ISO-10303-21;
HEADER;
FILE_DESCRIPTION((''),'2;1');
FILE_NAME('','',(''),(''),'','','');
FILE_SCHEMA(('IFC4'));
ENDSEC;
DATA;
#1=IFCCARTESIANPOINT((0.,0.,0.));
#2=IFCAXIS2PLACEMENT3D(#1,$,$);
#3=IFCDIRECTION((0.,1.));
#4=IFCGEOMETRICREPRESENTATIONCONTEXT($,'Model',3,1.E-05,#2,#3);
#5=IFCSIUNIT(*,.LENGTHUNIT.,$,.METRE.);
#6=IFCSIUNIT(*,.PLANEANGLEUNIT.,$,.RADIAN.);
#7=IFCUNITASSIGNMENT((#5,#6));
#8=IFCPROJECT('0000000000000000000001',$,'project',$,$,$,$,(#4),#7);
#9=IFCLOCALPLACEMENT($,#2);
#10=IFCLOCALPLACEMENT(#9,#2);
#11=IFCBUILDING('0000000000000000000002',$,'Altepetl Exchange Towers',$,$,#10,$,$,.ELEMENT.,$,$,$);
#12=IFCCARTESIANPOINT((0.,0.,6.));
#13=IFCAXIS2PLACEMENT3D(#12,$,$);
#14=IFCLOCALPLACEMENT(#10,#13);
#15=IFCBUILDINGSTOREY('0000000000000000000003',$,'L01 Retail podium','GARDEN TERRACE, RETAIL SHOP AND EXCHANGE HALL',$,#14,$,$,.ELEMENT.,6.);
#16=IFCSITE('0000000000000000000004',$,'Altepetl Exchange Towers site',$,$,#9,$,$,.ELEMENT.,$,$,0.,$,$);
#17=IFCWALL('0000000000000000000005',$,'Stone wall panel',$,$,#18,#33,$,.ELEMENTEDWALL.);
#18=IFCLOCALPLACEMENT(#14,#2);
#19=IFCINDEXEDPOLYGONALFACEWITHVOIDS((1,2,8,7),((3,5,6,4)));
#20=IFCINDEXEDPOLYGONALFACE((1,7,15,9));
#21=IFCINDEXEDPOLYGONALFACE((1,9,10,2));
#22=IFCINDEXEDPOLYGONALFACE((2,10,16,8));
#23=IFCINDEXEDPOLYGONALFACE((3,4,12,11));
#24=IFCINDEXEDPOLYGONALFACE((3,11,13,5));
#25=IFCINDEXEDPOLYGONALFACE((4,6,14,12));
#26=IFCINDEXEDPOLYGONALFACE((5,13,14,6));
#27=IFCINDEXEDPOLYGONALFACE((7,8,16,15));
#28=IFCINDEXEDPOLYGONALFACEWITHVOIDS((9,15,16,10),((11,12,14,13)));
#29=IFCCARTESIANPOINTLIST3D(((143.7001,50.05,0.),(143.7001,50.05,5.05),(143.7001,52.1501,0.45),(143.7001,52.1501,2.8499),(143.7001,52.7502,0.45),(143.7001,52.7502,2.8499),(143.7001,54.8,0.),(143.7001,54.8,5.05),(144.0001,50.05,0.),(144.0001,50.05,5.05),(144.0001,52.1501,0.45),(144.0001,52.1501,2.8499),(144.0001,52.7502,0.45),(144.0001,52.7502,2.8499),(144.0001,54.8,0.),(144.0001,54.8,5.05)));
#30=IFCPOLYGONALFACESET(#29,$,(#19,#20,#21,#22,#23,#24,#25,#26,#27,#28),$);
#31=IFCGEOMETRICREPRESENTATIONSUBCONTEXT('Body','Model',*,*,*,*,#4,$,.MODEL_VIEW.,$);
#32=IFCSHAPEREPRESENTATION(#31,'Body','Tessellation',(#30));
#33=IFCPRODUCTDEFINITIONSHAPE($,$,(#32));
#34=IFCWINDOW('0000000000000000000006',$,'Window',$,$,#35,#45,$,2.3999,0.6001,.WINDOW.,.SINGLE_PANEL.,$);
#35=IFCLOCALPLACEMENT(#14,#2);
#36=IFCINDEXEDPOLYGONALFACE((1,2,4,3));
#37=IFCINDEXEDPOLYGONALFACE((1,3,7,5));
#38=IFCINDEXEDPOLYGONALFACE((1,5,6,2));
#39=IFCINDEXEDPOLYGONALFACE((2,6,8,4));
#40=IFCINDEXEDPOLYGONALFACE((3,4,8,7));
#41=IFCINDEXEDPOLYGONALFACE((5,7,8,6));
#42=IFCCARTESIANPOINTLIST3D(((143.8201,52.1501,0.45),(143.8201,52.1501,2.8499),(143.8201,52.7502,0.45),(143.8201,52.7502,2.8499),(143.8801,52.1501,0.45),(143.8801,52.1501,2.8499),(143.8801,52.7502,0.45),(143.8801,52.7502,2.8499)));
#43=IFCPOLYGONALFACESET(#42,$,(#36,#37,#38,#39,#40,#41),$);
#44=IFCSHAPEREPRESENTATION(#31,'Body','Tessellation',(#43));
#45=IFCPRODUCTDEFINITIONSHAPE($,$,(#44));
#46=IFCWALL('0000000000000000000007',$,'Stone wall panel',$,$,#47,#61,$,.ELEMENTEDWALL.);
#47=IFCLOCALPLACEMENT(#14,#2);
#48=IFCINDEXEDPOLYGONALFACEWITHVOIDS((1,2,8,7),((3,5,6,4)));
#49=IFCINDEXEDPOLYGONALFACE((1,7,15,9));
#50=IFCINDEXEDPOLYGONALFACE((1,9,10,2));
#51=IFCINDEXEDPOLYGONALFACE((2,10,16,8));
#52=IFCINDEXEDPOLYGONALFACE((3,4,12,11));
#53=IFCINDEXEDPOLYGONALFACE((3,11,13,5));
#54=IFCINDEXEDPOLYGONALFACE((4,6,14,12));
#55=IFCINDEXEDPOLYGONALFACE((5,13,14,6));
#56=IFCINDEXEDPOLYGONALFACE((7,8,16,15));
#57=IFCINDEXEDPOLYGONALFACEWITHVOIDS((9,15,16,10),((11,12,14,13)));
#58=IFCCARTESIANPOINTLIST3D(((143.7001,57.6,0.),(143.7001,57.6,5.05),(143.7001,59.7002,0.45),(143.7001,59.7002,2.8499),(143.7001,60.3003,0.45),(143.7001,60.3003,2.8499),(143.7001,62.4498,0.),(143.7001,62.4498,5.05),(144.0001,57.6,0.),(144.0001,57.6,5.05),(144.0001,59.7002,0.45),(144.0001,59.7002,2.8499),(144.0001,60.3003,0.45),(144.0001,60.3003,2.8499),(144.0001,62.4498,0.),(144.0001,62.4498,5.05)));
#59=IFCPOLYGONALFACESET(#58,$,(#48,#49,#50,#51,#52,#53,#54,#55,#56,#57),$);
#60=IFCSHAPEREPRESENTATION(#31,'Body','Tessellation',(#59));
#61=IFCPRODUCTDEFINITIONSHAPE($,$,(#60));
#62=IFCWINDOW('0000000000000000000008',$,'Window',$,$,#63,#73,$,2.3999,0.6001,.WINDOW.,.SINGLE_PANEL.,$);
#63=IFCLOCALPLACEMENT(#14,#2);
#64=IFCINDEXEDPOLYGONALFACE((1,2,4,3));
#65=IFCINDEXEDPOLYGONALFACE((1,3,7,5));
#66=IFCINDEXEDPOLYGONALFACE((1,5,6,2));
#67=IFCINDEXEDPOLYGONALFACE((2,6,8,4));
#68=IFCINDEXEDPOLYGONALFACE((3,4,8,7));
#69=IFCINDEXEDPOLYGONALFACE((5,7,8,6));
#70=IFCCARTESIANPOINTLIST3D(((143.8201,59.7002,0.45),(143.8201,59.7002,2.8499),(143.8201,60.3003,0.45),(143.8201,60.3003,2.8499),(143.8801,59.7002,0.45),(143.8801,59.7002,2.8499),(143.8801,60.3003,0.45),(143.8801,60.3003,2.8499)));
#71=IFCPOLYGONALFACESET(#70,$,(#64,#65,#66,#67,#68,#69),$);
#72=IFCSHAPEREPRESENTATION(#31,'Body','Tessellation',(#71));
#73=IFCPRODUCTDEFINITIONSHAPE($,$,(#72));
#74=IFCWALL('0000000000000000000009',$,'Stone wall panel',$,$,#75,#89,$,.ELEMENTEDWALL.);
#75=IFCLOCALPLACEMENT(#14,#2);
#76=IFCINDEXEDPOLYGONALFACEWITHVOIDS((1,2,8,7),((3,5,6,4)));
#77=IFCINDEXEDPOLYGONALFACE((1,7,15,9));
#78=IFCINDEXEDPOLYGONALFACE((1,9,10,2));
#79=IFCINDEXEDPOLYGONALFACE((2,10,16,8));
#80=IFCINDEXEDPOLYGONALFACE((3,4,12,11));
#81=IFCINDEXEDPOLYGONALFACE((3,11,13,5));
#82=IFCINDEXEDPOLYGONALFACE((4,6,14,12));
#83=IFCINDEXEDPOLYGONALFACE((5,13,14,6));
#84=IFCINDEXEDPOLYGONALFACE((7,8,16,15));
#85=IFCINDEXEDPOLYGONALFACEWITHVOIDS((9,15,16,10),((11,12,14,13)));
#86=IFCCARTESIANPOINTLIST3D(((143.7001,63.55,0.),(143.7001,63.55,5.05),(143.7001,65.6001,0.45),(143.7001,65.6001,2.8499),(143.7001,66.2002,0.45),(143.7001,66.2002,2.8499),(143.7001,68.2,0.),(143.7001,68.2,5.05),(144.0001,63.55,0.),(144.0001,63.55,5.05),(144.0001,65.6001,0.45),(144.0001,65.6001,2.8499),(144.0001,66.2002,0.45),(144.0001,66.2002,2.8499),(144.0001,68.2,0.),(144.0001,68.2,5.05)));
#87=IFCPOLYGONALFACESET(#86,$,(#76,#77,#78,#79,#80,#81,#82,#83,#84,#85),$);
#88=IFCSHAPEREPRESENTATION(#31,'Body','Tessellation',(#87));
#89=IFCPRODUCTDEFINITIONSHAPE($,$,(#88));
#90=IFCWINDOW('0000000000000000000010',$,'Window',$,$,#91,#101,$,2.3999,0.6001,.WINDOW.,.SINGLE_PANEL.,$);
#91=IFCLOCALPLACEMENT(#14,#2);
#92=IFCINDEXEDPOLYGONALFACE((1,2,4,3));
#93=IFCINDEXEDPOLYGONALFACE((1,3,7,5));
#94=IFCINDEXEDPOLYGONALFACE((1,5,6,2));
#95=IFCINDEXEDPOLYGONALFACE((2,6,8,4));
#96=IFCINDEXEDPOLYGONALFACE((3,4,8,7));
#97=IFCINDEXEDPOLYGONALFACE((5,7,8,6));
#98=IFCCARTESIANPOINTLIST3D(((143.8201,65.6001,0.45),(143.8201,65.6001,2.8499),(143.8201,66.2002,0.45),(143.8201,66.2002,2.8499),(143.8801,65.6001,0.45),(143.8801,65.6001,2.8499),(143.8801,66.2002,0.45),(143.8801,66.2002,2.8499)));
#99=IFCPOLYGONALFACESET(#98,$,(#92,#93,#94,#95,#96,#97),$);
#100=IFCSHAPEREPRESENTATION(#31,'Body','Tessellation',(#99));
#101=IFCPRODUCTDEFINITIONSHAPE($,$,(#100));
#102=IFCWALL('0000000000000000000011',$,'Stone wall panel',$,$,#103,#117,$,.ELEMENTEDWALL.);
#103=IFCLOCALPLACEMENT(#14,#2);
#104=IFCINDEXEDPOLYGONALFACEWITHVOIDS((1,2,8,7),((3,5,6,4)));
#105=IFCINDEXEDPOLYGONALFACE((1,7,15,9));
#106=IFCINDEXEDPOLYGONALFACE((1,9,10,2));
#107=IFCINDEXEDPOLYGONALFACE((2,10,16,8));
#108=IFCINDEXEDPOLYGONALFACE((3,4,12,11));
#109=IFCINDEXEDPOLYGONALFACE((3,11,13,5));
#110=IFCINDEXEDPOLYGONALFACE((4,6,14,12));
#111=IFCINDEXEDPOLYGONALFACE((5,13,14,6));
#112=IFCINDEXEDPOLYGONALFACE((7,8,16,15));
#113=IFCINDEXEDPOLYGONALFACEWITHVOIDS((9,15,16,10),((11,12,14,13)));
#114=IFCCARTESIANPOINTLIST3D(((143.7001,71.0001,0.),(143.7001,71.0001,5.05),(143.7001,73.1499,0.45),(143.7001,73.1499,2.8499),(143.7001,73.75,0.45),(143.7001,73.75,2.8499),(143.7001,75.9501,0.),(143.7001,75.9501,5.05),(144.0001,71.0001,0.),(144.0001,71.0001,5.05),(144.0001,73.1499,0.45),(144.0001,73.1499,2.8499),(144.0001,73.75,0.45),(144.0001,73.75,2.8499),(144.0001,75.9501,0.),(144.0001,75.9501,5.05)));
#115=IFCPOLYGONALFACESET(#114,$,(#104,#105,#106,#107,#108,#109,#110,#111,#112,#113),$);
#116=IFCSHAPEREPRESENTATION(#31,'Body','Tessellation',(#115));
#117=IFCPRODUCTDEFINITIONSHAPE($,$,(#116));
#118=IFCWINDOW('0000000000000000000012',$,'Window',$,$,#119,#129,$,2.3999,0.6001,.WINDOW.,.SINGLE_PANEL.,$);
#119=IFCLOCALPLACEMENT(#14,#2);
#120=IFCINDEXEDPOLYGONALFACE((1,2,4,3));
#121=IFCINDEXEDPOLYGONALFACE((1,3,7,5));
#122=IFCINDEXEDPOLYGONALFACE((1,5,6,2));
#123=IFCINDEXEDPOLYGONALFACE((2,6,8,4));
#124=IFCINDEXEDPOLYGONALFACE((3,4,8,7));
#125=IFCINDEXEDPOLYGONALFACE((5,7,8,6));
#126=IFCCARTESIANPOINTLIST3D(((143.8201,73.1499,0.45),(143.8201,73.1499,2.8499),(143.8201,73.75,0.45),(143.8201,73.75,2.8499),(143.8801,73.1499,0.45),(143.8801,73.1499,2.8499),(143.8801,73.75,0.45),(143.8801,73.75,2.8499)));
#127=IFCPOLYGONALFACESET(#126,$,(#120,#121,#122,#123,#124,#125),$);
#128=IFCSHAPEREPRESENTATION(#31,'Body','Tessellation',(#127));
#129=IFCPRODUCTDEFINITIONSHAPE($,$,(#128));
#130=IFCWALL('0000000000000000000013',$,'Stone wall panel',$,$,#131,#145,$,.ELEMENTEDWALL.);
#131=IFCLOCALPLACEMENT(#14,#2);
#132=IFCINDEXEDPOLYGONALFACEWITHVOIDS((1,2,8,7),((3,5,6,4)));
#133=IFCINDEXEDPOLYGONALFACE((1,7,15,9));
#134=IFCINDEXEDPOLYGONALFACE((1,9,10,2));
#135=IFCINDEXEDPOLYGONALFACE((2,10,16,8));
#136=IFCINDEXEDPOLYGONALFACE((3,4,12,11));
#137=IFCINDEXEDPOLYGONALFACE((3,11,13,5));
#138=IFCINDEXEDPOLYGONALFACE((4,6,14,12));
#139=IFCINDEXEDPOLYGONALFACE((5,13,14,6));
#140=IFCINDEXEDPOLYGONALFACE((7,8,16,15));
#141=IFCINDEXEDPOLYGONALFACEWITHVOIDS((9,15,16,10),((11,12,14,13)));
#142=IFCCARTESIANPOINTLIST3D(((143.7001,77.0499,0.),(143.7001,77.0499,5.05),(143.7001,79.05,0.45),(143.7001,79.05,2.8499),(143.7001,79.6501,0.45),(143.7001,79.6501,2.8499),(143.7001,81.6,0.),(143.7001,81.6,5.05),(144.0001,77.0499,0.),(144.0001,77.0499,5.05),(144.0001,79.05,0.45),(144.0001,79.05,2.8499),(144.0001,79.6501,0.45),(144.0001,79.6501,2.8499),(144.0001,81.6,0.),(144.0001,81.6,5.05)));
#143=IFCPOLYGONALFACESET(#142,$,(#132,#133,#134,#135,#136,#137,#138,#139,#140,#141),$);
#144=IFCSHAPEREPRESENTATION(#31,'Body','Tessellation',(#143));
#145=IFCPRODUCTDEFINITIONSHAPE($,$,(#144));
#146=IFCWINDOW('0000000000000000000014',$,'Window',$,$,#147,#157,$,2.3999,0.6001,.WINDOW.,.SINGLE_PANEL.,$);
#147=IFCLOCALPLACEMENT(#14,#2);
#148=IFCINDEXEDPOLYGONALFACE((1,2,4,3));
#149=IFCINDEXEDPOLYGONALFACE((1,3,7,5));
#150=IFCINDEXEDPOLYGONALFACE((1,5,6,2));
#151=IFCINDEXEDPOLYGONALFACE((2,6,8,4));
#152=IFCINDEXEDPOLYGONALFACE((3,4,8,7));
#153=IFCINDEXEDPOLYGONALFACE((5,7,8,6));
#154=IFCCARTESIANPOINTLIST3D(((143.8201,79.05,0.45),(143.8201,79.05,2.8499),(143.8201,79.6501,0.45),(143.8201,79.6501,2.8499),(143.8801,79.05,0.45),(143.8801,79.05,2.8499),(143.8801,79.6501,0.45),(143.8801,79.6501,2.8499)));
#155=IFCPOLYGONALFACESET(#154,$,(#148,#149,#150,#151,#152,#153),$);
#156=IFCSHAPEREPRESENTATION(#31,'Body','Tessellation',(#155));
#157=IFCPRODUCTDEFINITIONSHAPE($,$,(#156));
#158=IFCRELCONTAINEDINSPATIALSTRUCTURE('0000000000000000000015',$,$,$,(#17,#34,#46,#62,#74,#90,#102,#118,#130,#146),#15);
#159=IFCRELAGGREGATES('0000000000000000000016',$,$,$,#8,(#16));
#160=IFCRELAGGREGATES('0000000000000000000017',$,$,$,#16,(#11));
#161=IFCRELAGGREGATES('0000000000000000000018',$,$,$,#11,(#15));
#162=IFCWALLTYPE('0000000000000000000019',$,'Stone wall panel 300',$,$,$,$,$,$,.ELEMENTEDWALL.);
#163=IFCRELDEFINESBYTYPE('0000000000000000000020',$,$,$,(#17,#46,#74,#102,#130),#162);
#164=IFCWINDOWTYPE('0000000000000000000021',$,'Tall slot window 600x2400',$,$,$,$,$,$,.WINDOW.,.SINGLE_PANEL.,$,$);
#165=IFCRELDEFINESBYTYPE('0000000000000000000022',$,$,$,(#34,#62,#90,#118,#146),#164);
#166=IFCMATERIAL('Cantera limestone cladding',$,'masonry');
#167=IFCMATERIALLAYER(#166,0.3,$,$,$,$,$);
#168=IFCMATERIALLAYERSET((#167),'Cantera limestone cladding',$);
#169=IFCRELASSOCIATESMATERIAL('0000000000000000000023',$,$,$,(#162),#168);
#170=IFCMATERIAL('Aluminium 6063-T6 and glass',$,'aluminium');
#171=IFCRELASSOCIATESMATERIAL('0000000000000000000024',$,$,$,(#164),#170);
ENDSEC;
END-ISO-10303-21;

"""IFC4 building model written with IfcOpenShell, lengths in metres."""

from ifc_helpers import new_model, si_unit, direction, frame, frame_2d, origin, place, context, subcontext, project, spatial, rectangle, extrude, material, layer, layer_set, type_object, element, fill, save


model = new_model("IFC4")

# Units and contexts
model_context = context("Model", 3, precision=1e-05, world=origin(), true_north=direction((0.0, 1.0)))
body_context = subcontext(model_context, "Body", "Model", "MODEL_VIEW")
ifc_project = project(units=[si_unit("LENGTHUNIT", "METRE"), si_unit("PLANEANGLEUNIT", "RADIAN")], contexts=[model_context])

# Site, building, storey
site_placement = place(None, origin())
site = spatial("IfcSite", under=ifc_project, at=site_placement, Name="Altepetl Exchange Towers site", CompositionType="ELEMENT", RefElevation=0.0)
building_placement = place(site_placement, origin())
building = spatial("IfcBuilding", under=site, at=building_placement, Name="Altepetl Exchange Towers", CompositionType="ELEMENT")
storey_placement = place(building_placement, frame((0.0, 0.0, 6.0)))
storey = spatial("IfcBuildingStorey", under=building, at=storey_placement, Name="L01 Retail podium", Description="GARDEN TERRACE, RETAIL SHOP AND EXCHANGE HALL", CompositionType="ELEMENT", Elevation=6.0)

# Shared definitions
ifc_material_1 = material(Name="Aluminium 6063-T6 and glass", Category="aluminium")

# Walls, openings, windows
ifc_material_2 = material(Name="Cantera limestone cladding", Category="masonry")
ifc_layer_1 = layer(ifc_material_2, 0.3)
ifc_layer_set_1 = layer_set([ifc_layer_1], Name="Cantera limestone cladding")
wall_type_1 = type_object("IfcWallType", Name="Stone wall panel 300", PredefinedType="ELEMENTEDWALL", material=ifc_layer_set_1)
wall_1_placement = place(storey_placement, frame((143.8501, 50.05, 0.0), z_axis=(0.0, 0.0, 1.0), x_axis=(0.0, 1.0, 0.0)))
wall_1 = element("IfcWall", 1, at=wall_1_placement, inside=storey, type_object=wall_type_1, Name="Stone wall panel", PredefinedType="ELEMENTEDWALL", context=body_context, shape_type="SweptSolid", body=[
    extrude(rectangle(XDim=4.75, YDim=0.3, at=frame_2d((2.375, 0.0))), origin(), (0.0, 0.0, 1.0), 5.05),
])
opening_1_placement = place(wall_1_placement, frame((2.1001, 0.0, 0.45)))
opening_1 = element("IfcOpeningElement", 2, at=opening_1_placement, cuts=wall_1, PredefinedType="OPENING", context=body_context, shape_type="SweptSolid", body=[
    extrude(rectangle(XDim=0.6001, YDim=2.3999, at=frame_2d((0.3, 1.2))), frame((0.0, 0.1602, 0.0), z_axis=(0.0, -1.0, 0.0), x_axis=(1.0, 0.0, 0.0)), (0.0, 0.0, 1.0), 0.3201),
])
window_type = type_object("IfcWindowType", Name="Tall slot window 600x2400", PartitioningType="SINGLE_PANEL", PredefinedType="WINDOW", material=ifc_material_1)
window_1_placement = place(opening_1_placement, origin())
window_1 = element("IfcWindow", 3, at=window_1_placement, inside=storey, type_object=window_type, Name="Window", OverallHeight=2.3999, OverallWidth=0.6001, PartitioningType="SINGLE_PANEL", PredefinedType="WINDOW", context=body_context, shape_type="SweptSolid", body=[
    extrude(rectangle(XDim=0.6001, YDim=2.3999, at=frame_2d((0.3, 1.2))), frame((0.0, 0.03, 0.0), z_axis=(0.0, -1.0, 0.0), x_axis=(1.0, 0.0, 0.0)), (0.0, 0.0, 1.0), 0.0601),
])
fill(opening_1, window_1)
wall_2_placement = place(storey_placement, frame((143.8501, 57.6001, 0.0), z_axis=(0.0, 0.0, 1.0), x_axis=(0.0, 1.0, 0.0)))
wall_2 = element("IfcWall", 4, at=wall_2_placement, inside=storey, type_object=wall_type_1, Name="Stone wall panel", PredefinedType="ELEMENTEDWALL", context=body_context, shape_type="SweptSolid", body=[
    extrude(rectangle(XDim=4.8499, YDim=0.3, at=frame_2d((2.4248, 0.0))), origin(), (0.0, 0.0, 1.0), 5.05),
])
opening_2_placement = place(wall_2_placement, frame((2.1001, 0.0, 0.45)))
opening_2 = element("IfcOpeningElement", 5, at=opening_2_placement, cuts=wall_2, PredefinedType="OPENING", context=body_context, shape_type="SweptSolid", body=[
    extrude(rectangle(XDim=0.6001, YDim=2.3999, at=frame_2d((0.3, 1.2))), frame((0.0, 0.1602, 0.0), z_axis=(0.0, -1.0, 0.0), x_axis=(1.0, 0.0, 0.0)), (0.0, 0.0, 1.0), 0.3201),
])
window_2_placement = place(opening_2_placement, origin())
window_2 = element("IfcWindow", 6, at=window_2_placement, inside=storey, type_object=window_type, Name="Window", OverallHeight=2.3999, OverallWidth=0.6001, PartitioningType="SINGLE_PANEL", PredefinedType="WINDOW", context=body_context, shape_type="SweptSolid", body=[
    extrude(rectangle(XDim=0.6001, YDim=2.3999, at=frame_2d((0.3, 1.2))), frame((0.0, 0.03, 0.0), z_axis=(0.0, -1.0, 0.0), x_axis=(1.0, 0.0, 0.0)), (0.0, 0.0, 1.0), 0.0601),
])
fill(opening_2, window_2)
wall_3_placement = place(storey_placement, frame((143.8501, 63.55, 0.0), z_axis=(0.0, 0.0, 1.0), x_axis=(0.0, 1.0, 0.0)))
wall_3 = element("IfcWall", 7, at=wall_3_placement, inside=storey, type_object=wall_type_1, Name="Stone wall panel", PredefinedType="ELEMENTEDWALL", context=body_context, shape_type="SweptSolid", body=[
    extrude(rectangle(XDim=4.6499, YDim=0.3, at=frame_2d((2.325, 0.0))), origin(), (0.0, 0.0, 1.0), 5.05),
])
opening_3_placement = place(wall_3_placement, frame((2.05, 0.0, 0.45)))
opening_3 = element("IfcOpeningElement", 8, at=opening_3_placement, cuts=wall_3, PredefinedType="OPENING", context=body_context, shape_type="SweptSolid", body=[
    extrude(rectangle(XDim=0.6001, YDim=2.3999, at=frame_2d((0.3, 1.2))), frame((0.0, 0.1602, 0.0), z_axis=(0.0, -1.0, 0.0), x_axis=(1.0, 0.0, 0.0)), (0.0, 0.0, 1.0), 0.3201),
])
window_3_placement = place(opening_3_placement, origin())
window_3 = element("IfcWindow", 9, at=window_3_placement, inside=storey, type_object=window_type, Name="Window", OverallHeight=2.3999, OverallWidth=0.6001, PartitioningType="SINGLE_PANEL", PredefinedType="WINDOW", context=body_context, shape_type="SweptSolid", body=[
    extrude(rectangle(XDim=0.6001, YDim=2.3999, at=frame_2d((0.3, 1.2))), frame((0.0, 0.03, 0.0), z_axis=(0.0, -1.0, 0.0), x_axis=(1.0, 0.0, 0.0)), (0.0, 0.0, 1.0), 0.0601),
])
fill(opening_3, window_3)
wall_4_placement = place(storey_placement, frame((143.8501, 71.0, 0.0), z_axis=(0.0, 0.0, 1.0), x_axis=(0.0, 1.0, 0.0)))
wall_4 = element("IfcWall", 10, at=wall_4_placement, inside=storey, type_object=wall_type_1, Name="Stone wall panel", PredefinedType="ELEMENTEDWALL", context=body_context, shape_type="SweptSolid", body=[
    extrude(rectangle(XDim=4.95, YDim=0.3, at=frame_2d((2.4751, 0.0))), origin(), (0.0, 0.0, 1.0), 5.05),
])
opening_4_placement = place(wall_4_placement, frame((2.1499, 0.0, 0.45)))
opening_4 = element("IfcOpeningElement", 11, at=opening_4_placement, cuts=wall_4, PredefinedType="OPENING", context=body_context, shape_type="SweptSolid", body=[
    extrude(rectangle(XDim=0.6001, YDim=2.3999, at=frame_2d((0.3, 1.2))), frame((0.0, 0.1602, 0.0), z_axis=(0.0, -1.0, 0.0), x_axis=(1.0, 0.0, 0.0)), (0.0, 0.0, 1.0), 0.3201),
])
window_4_placement = place(opening_4_placement, origin())
window_4 = element("IfcWindow", 12, at=window_4_placement, inside=storey, type_object=window_type, Name="Window", OverallHeight=2.3999, OverallWidth=0.6001, PartitioningType="SINGLE_PANEL", PredefinedType="WINDOW", context=body_context, shape_type="SweptSolid", body=[
    extrude(rectangle(XDim=0.6001, YDim=2.3999, at=frame_2d((0.3, 1.2))), frame((0.0, 0.03, 0.0), z_axis=(0.0, -1.0, 0.0), x_axis=(1.0, 0.0, 0.0)), (0.0, 0.0, 1.0), 0.0601),
])
fill(opening_4, window_4)
wall_5_placement = place(storey_placement, frame((143.8501, 77.05, 0.0), z_axis=(0.0, 0.0, 1.0), x_axis=(0.0, 1.0, 0.0)))
wall_5 = element("IfcWall", 13, at=wall_5_placement, inside=storey, type_object=wall_type_1, Name="Stone wall panel", PredefinedType="ELEMENTEDWALL", context=body_context, shape_type="SweptSolid", body=[
    extrude(rectangle(XDim=4.55, YDim=0.3, at=frame_2d((2.2749, 0.0))), origin(), (0.0, 0.0, 1.0), 5.05),
])
opening_5_placement = place(wall_5_placement, frame((2.0, 0.0, 0.45)))
opening_5 = element("IfcOpeningElement", 14, at=opening_5_placement, cuts=wall_5, PredefinedType="OPENING", context=body_context, shape_type="SweptSolid", body=[
    extrude(rectangle(XDim=0.6001, YDim=2.3999, at=frame_2d((0.3, 1.2))), frame((0.0, 0.1602, 0.0), z_axis=(0.0, -1.0, 0.0), x_axis=(1.0, 0.0, 0.0)), (0.0, 0.0, 1.0), 0.3201),
])
window_5_placement = place(opening_5_placement, origin())
window_5 = element("IfcWindow", 15, at=window_5_placement, inside=storey, type_object=window_type, Name="Window", OverallHeight=2.3999, OverallWidth=0.6001, PartitioningType="SINGLE_PANEL", PredefinedType="WINDOW", context=body_context, shape_type="SweptSolid", body=[
    extrude(rectangle(XDim=0.6001, YDim=2.3999, at=frame_2d((0.3, 1.2))), frame((0.0, 0.03, 0.0), z_axis=(0.0, -1.0, 0.0), x_axis=(1.0, 0.0, 0.0)), (0.0, 0.0, 1.0), 0.0601),
])
fill(opening_5, window_5)

save(model, "model.ifc")
